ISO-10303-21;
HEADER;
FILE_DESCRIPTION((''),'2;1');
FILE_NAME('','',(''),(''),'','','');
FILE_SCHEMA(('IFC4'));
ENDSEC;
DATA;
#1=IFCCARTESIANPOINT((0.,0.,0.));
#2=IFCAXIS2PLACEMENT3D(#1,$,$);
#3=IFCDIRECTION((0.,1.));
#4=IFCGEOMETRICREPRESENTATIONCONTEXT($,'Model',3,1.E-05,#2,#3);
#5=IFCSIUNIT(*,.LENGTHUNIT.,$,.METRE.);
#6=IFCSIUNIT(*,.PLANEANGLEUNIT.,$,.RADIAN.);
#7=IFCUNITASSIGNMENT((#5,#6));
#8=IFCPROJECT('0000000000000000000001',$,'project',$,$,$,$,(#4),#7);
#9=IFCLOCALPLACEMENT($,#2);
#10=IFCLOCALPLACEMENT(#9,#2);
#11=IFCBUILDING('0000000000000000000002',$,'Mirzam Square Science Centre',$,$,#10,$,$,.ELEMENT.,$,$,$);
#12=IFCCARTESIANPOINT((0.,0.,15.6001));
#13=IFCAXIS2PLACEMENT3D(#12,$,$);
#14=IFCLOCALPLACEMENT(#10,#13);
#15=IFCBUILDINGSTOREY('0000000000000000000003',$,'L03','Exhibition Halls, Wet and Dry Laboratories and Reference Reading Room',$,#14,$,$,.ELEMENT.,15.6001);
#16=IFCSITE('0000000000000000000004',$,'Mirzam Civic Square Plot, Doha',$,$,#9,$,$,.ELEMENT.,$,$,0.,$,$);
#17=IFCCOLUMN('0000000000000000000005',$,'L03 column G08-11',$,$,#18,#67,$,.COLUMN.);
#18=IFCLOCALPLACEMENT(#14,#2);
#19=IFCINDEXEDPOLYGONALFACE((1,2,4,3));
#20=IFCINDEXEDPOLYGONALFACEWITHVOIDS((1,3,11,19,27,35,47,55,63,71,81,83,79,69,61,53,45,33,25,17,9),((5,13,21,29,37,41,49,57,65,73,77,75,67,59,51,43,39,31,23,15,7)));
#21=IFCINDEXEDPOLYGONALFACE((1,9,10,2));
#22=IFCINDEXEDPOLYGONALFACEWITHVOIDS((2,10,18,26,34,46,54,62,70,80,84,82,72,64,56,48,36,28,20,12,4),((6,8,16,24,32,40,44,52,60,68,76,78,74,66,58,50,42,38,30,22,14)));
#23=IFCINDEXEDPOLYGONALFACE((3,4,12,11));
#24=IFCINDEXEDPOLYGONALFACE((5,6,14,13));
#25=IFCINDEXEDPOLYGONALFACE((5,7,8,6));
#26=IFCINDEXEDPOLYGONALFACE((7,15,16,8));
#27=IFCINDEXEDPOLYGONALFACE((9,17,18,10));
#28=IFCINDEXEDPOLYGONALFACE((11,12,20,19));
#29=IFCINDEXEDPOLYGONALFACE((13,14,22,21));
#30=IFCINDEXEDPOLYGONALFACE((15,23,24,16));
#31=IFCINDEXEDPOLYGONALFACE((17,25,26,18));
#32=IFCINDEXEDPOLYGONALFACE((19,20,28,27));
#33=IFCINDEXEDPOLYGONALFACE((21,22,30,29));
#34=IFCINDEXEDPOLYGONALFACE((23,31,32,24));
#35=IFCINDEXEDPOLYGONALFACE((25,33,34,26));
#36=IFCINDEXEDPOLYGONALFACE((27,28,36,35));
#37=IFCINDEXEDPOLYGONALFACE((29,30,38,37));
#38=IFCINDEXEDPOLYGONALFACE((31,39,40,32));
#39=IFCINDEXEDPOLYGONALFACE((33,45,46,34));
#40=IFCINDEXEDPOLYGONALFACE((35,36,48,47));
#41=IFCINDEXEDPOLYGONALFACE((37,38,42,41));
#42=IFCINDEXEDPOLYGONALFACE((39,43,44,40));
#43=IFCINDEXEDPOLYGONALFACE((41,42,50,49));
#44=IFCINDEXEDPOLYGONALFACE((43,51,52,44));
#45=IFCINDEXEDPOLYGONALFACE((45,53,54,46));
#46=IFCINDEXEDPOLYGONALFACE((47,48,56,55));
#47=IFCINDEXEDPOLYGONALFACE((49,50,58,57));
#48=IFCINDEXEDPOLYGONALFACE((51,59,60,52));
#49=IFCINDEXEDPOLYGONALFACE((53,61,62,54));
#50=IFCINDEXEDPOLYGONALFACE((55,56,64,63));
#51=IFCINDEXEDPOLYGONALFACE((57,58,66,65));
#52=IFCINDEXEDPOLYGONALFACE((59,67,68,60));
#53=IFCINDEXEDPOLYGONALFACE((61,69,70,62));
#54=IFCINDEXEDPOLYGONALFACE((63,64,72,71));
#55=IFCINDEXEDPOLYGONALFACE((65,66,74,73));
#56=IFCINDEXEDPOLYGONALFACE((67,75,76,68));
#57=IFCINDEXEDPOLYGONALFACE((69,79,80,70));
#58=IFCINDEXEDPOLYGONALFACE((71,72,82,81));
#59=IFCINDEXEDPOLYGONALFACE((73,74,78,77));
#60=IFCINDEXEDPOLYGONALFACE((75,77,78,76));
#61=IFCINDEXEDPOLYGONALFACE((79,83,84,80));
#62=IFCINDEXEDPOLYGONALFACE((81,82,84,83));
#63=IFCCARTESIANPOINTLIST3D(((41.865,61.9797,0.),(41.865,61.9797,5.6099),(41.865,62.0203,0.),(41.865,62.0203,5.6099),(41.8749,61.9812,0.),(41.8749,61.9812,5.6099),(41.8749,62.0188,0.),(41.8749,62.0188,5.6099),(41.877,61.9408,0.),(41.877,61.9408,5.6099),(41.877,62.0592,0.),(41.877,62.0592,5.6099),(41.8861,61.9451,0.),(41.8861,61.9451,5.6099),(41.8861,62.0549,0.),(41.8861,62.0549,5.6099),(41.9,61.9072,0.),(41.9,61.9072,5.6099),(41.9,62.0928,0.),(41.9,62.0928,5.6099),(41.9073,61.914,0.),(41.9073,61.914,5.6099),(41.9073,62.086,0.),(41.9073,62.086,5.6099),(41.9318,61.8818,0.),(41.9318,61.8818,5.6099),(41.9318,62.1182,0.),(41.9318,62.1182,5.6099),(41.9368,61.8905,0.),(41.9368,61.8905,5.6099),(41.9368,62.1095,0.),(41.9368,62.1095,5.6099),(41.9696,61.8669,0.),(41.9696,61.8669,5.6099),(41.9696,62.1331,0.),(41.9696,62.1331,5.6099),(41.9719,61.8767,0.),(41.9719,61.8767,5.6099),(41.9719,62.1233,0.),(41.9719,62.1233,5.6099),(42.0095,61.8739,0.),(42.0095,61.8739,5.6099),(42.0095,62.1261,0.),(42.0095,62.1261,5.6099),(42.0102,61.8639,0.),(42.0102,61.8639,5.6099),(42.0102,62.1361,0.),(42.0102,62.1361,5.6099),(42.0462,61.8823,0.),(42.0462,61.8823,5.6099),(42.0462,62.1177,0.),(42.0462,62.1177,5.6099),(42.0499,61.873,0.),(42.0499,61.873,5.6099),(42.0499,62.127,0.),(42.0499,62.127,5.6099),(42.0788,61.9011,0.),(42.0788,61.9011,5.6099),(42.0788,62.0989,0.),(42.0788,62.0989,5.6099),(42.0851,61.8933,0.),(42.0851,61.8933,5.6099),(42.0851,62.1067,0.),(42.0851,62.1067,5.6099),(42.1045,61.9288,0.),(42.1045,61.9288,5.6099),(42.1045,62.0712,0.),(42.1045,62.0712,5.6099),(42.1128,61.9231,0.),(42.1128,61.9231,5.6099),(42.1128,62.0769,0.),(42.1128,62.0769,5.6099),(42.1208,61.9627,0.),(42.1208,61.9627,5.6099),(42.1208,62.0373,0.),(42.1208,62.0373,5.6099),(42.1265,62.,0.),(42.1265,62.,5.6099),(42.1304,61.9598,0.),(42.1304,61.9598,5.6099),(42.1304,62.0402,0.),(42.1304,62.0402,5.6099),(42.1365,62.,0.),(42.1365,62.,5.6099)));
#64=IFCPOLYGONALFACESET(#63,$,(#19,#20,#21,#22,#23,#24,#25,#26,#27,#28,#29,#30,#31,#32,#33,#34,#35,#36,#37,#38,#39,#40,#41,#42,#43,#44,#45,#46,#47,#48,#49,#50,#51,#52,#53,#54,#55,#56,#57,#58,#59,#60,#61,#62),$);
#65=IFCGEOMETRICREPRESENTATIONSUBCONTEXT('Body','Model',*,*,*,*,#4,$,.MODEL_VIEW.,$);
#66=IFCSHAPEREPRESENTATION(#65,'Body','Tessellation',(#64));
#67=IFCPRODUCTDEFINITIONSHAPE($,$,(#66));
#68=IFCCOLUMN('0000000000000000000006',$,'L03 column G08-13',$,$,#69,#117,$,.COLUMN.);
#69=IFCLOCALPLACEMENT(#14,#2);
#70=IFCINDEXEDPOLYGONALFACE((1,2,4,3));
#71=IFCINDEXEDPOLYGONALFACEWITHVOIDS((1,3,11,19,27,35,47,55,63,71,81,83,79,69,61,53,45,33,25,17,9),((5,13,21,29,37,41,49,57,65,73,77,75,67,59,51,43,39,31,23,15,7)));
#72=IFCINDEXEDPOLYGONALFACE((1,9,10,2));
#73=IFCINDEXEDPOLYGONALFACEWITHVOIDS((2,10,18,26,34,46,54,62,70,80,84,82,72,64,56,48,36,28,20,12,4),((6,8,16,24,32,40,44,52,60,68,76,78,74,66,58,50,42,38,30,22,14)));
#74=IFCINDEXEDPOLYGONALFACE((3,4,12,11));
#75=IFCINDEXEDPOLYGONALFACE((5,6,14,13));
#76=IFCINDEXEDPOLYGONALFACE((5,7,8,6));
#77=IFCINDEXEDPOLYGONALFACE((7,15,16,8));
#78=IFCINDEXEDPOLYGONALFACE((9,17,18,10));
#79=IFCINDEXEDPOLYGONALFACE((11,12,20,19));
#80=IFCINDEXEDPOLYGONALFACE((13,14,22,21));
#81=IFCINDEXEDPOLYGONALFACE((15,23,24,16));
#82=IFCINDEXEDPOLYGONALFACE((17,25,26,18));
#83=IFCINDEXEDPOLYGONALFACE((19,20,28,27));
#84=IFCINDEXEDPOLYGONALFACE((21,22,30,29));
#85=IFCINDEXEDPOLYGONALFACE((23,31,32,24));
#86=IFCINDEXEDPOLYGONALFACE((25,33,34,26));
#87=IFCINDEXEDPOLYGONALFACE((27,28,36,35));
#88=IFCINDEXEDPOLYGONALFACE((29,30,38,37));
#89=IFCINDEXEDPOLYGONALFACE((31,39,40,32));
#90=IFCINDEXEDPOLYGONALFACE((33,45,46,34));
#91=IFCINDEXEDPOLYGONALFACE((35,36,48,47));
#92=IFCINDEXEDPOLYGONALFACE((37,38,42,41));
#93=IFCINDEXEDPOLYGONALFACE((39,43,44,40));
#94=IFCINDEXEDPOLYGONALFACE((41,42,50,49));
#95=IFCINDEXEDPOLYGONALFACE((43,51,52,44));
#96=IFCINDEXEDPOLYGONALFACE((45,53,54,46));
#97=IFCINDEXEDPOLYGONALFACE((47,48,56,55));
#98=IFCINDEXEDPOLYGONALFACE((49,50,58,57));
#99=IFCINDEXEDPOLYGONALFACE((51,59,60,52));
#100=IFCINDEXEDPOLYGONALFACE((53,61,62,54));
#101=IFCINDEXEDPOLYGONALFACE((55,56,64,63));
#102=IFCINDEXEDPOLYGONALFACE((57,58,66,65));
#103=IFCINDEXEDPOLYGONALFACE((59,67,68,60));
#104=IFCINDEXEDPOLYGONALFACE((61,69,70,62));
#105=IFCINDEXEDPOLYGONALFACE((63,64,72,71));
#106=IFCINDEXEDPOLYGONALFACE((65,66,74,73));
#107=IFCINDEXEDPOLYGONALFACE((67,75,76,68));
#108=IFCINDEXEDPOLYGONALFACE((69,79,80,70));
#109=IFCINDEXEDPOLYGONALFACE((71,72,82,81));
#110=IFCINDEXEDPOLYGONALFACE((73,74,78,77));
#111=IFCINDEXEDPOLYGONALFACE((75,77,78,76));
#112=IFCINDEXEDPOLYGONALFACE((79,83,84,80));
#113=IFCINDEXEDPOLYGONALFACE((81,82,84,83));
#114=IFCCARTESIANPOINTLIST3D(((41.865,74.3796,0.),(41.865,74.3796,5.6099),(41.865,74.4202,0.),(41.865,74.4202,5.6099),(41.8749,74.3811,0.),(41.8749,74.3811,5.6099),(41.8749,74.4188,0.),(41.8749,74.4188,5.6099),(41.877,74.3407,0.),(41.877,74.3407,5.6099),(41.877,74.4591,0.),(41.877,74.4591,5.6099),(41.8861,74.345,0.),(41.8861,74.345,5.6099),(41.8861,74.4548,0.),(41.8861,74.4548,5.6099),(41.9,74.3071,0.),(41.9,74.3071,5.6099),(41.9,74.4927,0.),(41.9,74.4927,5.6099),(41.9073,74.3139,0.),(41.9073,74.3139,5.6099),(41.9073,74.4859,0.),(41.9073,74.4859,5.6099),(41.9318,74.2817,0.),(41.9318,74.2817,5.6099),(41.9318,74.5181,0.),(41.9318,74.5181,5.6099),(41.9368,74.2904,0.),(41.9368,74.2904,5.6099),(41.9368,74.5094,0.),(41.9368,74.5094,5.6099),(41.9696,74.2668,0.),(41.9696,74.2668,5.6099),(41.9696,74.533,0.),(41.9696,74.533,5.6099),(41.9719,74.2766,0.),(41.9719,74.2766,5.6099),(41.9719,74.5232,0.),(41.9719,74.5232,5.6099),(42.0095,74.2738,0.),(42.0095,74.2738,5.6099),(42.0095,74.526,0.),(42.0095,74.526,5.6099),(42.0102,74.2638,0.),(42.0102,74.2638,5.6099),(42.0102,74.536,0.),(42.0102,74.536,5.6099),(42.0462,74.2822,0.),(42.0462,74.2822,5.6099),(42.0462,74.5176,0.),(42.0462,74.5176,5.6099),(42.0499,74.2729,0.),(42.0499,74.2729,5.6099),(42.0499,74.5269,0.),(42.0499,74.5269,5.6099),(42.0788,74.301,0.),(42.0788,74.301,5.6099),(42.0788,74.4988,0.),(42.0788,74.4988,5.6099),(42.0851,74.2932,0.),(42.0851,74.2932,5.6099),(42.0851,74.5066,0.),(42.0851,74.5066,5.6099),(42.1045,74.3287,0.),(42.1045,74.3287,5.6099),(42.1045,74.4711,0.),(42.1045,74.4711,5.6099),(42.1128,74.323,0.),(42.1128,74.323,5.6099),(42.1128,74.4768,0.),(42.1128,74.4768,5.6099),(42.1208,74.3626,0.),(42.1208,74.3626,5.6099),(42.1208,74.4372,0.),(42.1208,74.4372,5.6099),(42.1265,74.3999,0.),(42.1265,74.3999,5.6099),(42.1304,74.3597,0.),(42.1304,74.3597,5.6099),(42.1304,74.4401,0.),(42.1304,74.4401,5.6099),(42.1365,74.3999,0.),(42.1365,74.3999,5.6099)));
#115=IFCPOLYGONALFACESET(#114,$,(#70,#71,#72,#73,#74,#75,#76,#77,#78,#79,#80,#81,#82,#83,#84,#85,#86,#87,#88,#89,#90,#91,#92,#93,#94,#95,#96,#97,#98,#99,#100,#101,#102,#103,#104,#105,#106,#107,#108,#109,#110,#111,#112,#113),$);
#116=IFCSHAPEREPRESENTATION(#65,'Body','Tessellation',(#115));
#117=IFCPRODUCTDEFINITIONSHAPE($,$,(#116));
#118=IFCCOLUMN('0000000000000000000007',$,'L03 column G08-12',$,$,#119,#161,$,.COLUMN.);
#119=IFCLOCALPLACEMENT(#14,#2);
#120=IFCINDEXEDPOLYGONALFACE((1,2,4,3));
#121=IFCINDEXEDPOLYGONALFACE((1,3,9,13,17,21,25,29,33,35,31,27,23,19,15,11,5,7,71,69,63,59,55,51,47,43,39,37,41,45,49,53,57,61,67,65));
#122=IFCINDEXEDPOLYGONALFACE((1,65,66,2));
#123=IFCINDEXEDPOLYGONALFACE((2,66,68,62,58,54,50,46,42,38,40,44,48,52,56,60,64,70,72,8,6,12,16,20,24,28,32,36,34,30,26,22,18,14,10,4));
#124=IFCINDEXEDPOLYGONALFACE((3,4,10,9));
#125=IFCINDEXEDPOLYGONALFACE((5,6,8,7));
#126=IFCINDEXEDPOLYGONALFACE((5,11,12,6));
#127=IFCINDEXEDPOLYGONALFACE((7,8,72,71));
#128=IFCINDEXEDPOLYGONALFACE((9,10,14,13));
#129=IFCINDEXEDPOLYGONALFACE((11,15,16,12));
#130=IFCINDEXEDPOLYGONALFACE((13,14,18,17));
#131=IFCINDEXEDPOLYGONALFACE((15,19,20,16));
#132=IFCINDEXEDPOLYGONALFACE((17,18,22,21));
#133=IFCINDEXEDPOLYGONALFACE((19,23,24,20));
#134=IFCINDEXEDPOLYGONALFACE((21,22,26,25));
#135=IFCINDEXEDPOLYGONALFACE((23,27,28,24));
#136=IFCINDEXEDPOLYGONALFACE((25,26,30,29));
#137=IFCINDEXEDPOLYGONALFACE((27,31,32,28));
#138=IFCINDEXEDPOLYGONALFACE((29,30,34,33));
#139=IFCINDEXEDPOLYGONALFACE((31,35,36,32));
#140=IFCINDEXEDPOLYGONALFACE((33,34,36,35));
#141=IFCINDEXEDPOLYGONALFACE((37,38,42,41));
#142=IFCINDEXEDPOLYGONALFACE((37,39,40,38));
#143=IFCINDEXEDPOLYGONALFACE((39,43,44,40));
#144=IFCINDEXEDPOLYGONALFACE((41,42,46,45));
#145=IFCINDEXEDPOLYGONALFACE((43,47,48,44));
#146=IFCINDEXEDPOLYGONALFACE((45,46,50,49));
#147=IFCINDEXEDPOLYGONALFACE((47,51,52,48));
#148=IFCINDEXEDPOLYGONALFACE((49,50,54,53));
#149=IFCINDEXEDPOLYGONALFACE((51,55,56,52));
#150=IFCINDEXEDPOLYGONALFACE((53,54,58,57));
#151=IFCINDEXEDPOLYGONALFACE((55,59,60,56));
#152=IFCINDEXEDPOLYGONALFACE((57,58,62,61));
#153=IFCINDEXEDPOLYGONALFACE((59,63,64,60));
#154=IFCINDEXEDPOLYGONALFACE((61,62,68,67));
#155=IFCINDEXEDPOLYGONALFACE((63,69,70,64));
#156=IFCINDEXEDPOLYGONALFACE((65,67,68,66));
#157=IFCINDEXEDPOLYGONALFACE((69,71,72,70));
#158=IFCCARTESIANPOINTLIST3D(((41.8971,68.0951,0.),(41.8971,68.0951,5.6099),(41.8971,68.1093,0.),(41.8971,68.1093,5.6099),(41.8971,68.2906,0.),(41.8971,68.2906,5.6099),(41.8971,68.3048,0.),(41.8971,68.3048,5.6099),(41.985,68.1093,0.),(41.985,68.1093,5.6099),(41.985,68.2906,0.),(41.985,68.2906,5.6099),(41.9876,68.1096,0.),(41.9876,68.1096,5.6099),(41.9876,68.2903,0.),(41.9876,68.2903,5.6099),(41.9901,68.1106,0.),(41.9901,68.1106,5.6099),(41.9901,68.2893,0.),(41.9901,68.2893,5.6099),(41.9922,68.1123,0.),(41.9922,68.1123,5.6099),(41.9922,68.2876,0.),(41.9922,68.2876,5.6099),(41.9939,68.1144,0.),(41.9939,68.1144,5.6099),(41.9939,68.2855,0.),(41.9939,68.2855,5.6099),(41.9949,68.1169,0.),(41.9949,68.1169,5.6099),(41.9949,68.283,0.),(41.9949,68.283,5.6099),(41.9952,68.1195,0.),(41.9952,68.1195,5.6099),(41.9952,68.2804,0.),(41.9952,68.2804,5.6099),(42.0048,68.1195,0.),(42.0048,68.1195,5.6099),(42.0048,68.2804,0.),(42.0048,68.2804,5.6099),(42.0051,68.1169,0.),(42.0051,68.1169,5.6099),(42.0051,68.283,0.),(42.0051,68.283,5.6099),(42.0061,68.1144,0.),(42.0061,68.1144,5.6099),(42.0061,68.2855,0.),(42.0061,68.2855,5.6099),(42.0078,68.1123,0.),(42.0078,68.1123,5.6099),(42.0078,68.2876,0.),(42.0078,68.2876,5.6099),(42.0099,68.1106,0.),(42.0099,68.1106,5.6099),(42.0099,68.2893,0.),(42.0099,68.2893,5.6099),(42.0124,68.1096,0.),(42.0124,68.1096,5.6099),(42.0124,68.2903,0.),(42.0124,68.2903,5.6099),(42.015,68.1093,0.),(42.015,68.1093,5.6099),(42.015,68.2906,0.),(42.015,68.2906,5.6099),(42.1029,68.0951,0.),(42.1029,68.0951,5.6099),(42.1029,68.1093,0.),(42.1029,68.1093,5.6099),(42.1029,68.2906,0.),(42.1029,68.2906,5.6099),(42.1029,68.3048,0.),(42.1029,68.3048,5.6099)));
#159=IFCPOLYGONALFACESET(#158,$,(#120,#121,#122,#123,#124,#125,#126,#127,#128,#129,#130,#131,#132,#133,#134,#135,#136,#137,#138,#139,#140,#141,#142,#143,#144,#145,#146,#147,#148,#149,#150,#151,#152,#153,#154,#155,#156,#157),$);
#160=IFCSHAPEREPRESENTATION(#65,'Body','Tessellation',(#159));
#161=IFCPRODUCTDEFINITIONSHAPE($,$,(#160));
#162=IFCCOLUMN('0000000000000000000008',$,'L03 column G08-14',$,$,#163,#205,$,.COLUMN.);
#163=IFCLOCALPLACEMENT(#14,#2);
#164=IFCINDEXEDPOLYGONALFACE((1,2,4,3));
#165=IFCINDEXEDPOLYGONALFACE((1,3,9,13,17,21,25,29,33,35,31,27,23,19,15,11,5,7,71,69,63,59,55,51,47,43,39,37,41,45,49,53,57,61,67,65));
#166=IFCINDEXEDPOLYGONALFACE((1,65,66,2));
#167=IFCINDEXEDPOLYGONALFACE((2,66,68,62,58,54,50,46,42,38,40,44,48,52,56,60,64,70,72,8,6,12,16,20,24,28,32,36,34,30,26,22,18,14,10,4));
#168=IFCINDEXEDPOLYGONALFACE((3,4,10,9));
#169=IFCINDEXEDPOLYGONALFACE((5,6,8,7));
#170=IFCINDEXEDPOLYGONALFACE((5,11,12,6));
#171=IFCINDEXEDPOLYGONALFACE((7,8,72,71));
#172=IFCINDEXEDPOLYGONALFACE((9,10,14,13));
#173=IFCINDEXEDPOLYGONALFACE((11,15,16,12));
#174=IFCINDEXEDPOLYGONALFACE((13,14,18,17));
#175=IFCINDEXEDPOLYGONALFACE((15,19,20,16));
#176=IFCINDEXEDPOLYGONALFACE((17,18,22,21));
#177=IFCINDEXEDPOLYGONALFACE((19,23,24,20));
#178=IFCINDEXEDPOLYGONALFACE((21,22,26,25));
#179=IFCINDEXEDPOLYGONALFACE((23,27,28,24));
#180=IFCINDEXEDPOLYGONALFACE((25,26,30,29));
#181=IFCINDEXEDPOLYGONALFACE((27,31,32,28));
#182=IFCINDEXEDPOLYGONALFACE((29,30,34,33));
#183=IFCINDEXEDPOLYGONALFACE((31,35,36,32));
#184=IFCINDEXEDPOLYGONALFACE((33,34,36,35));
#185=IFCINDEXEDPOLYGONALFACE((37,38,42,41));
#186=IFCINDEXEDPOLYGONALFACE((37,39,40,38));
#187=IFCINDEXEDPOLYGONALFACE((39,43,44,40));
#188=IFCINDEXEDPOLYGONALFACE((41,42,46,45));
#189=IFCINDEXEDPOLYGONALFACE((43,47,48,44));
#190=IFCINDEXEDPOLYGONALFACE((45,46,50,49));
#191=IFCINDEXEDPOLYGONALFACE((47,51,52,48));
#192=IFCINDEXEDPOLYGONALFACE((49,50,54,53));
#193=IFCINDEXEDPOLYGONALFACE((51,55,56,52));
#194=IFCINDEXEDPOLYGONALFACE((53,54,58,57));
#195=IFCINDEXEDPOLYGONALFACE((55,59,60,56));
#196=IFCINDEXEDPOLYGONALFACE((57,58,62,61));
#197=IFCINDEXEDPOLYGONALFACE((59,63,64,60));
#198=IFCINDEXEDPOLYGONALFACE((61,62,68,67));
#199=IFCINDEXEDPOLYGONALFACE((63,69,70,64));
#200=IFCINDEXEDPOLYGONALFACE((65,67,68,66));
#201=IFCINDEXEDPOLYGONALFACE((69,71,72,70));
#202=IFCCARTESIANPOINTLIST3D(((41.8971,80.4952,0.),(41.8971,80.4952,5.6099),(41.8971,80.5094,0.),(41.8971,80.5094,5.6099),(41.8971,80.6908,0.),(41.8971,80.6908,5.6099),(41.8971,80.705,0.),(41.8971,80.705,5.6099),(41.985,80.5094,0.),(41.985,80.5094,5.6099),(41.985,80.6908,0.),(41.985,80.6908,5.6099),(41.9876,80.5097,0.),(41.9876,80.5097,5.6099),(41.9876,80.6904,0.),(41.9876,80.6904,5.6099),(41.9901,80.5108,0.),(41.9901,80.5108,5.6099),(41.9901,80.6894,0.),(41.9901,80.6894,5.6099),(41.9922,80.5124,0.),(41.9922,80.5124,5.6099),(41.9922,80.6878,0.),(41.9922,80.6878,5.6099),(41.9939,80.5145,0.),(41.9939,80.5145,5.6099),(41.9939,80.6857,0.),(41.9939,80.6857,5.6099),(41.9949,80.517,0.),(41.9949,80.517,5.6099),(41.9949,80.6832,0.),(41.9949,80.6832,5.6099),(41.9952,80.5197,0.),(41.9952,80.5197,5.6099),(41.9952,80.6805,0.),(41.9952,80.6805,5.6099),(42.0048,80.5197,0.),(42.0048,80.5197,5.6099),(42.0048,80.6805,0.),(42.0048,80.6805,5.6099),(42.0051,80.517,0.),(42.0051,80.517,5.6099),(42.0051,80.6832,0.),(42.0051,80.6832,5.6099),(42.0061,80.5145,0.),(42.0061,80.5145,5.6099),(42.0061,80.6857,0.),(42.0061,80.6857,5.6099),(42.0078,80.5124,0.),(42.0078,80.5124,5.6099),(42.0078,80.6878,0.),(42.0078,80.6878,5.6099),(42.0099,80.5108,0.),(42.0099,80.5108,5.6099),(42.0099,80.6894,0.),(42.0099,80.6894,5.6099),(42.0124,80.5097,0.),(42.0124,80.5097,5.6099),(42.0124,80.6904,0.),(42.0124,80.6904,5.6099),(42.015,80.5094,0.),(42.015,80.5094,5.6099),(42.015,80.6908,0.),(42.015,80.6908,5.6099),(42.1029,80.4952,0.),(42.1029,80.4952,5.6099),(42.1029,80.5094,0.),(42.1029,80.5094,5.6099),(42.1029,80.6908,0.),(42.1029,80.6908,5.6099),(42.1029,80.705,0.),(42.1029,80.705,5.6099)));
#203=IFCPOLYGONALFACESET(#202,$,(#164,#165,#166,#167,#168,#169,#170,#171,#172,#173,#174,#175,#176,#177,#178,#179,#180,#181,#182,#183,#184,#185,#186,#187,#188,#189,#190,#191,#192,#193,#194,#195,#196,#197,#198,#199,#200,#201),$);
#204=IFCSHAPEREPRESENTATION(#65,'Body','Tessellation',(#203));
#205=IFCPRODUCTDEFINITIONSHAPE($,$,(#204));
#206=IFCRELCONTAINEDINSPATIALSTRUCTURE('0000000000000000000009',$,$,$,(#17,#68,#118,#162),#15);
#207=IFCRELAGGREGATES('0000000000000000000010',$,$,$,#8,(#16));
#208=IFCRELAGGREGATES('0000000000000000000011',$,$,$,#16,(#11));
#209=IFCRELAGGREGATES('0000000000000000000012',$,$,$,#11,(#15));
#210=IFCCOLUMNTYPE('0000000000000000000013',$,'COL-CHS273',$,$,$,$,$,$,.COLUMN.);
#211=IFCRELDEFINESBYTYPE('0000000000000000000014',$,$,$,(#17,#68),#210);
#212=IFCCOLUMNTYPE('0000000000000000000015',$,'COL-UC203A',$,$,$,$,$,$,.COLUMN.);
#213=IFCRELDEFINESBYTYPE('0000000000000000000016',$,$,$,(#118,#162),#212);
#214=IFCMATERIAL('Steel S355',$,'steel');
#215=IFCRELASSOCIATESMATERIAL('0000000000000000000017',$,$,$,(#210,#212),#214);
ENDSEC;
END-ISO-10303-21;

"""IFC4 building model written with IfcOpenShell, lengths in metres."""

from ifc_helpers import new_model, si_unit, direction, frame, origin, origin_2d, place, context, subcontext, project, spatial, hollow_circle, i_section, extrude, material, material_profile, profile_set, type_object, element, save


model = new_model("IFC4")

# Units and contexts
model_context = context("Model", 3, precision=1e-05, world=origin(), true_north=direction((0.0, 1.0)))
body_context = subcontext(model_context, "Body", "Model", "MODEL_VIEW")
ifc_project = project(units=[si_unit("LENGTHUNIT", "METRE"), si_unit("PLANEANGLEUNIT", "RADIAN")], contexts=[model_context])

# Site, building, storey
site_placement = place(None, origin())
site = spatial("IfcSite", under=ifc_project, at=site_placement, Name="Mirzam Civic Square Plot, Doha", CompositionType="ELEMENT", RefElevation=0.0)
building_placement = place(site_placement, origin())
building = spatial("IfcBuilding", under=site, at=building_placement, Name="Mirzam Square Science Centre", CompositionType="ELEMENT")
storey_placement = place(building_placement, frame((0.0, 0.0, 15.6001)))
storey = spatial("IfcBuildingStorey", under=building, at=storey_placement, Name="L03", Description="Exhibition Halls, Wet and Dry Laboratories and Reference Reading Room", CompositionType="ELEMENT", Elevation=15.6001)

# Columns
ifc_material_1 = material(Name="Steel S355", Category="steel")
ifc_material_profile_1 = material_profile(ifc_material_1, hollow_circle(Radius=0.1365, WallThickness=0.01, at=origin_2d()), Name="273.0x10.0CHS")
ifc_profile_set_1 = profile_set([ifc_material_profile_1], Name="Steel S355")
column_type_1 = type_object("IfcColumnType", Name="COL-CHS273", PredefinedType="COLUMN", material=ifc_profile_set_1)
for number, where, z_axis, x_axis, name in (
    (1, (42.0, 62.0, 0.0), (0.0, 0.0, 1.0), (1.0, 0.0, 0.0), "L03 column G08-11"),
    (2, (42.0, 74.3999, 0.0), (0.0, 0.0, 1.0), (1.0, 0.0, 0.0), "L03 column G08-13"),
):
    element("IfcColumn", number, at=place(storey_placement, frame(where, z_axis=z_axis, x_axis=x_axis)), inside=storey, type_object=column_type_1, Name=name, PredefinedType="COLUMN", context=body_context, shape_type="SweptSolid", body=[
        extrude(hollow_circle(Radius=0.1365, WallThickness=0.01, at=origin_2d()), origin(), (0.0, 0.0, 1.0), 5.6099),
    ])
ifc_material_profile_2 = material_profile(ifc_material_1, i_section(OverallWidth=0.2058, OverallDepth=0.2097, WebThickness=0.0095, FlangeThickness=0.0142, FilletRadius=0.0103, at=origin_2d()), Name="203x203x60UC")
ifc_profile_set_2 = profile_set([ifc_material_profile_2], Name="Steel S355")
column_type_2 = type_object("IfcColumnType", Name="COL-UC203A", PredefinedType="COLUMN", material=ifc_profile_set_2)
for number, where, z_axis, x_axis, name in (
    (3, (42.0, 68.2, 0.0), (0.0, 0.0, 1.0), (1.0, 0.0, 0.0), "L03 column G08-12"),
    (4, (42.0, 80.6001, 0.0), (0.0, 0.0, 1.0), (1.0, 0.0, 0.0), "L03 column G08-14"),
):
    element("IfcColumn", number, at=place(storey_placement, frame(where, z_axis=z_axis, x_axis=x_axis)), inside=storey, type_object=column_type_2, Name=name, PredefinedType="COLUMN", context=body_context, shape_type="SweptSolid", body=[
        extrude(i_section(OverallWidth=0.2058, OverallDepth=0.2097, WebThickness=0.0095, FlangeThickness=0.0142, FilletRadius=0.0103, at=origin_2d()), origin(), (0.0, 0.0, 1.0), 5.6099),
    ])

save(model, "model.ifc")
